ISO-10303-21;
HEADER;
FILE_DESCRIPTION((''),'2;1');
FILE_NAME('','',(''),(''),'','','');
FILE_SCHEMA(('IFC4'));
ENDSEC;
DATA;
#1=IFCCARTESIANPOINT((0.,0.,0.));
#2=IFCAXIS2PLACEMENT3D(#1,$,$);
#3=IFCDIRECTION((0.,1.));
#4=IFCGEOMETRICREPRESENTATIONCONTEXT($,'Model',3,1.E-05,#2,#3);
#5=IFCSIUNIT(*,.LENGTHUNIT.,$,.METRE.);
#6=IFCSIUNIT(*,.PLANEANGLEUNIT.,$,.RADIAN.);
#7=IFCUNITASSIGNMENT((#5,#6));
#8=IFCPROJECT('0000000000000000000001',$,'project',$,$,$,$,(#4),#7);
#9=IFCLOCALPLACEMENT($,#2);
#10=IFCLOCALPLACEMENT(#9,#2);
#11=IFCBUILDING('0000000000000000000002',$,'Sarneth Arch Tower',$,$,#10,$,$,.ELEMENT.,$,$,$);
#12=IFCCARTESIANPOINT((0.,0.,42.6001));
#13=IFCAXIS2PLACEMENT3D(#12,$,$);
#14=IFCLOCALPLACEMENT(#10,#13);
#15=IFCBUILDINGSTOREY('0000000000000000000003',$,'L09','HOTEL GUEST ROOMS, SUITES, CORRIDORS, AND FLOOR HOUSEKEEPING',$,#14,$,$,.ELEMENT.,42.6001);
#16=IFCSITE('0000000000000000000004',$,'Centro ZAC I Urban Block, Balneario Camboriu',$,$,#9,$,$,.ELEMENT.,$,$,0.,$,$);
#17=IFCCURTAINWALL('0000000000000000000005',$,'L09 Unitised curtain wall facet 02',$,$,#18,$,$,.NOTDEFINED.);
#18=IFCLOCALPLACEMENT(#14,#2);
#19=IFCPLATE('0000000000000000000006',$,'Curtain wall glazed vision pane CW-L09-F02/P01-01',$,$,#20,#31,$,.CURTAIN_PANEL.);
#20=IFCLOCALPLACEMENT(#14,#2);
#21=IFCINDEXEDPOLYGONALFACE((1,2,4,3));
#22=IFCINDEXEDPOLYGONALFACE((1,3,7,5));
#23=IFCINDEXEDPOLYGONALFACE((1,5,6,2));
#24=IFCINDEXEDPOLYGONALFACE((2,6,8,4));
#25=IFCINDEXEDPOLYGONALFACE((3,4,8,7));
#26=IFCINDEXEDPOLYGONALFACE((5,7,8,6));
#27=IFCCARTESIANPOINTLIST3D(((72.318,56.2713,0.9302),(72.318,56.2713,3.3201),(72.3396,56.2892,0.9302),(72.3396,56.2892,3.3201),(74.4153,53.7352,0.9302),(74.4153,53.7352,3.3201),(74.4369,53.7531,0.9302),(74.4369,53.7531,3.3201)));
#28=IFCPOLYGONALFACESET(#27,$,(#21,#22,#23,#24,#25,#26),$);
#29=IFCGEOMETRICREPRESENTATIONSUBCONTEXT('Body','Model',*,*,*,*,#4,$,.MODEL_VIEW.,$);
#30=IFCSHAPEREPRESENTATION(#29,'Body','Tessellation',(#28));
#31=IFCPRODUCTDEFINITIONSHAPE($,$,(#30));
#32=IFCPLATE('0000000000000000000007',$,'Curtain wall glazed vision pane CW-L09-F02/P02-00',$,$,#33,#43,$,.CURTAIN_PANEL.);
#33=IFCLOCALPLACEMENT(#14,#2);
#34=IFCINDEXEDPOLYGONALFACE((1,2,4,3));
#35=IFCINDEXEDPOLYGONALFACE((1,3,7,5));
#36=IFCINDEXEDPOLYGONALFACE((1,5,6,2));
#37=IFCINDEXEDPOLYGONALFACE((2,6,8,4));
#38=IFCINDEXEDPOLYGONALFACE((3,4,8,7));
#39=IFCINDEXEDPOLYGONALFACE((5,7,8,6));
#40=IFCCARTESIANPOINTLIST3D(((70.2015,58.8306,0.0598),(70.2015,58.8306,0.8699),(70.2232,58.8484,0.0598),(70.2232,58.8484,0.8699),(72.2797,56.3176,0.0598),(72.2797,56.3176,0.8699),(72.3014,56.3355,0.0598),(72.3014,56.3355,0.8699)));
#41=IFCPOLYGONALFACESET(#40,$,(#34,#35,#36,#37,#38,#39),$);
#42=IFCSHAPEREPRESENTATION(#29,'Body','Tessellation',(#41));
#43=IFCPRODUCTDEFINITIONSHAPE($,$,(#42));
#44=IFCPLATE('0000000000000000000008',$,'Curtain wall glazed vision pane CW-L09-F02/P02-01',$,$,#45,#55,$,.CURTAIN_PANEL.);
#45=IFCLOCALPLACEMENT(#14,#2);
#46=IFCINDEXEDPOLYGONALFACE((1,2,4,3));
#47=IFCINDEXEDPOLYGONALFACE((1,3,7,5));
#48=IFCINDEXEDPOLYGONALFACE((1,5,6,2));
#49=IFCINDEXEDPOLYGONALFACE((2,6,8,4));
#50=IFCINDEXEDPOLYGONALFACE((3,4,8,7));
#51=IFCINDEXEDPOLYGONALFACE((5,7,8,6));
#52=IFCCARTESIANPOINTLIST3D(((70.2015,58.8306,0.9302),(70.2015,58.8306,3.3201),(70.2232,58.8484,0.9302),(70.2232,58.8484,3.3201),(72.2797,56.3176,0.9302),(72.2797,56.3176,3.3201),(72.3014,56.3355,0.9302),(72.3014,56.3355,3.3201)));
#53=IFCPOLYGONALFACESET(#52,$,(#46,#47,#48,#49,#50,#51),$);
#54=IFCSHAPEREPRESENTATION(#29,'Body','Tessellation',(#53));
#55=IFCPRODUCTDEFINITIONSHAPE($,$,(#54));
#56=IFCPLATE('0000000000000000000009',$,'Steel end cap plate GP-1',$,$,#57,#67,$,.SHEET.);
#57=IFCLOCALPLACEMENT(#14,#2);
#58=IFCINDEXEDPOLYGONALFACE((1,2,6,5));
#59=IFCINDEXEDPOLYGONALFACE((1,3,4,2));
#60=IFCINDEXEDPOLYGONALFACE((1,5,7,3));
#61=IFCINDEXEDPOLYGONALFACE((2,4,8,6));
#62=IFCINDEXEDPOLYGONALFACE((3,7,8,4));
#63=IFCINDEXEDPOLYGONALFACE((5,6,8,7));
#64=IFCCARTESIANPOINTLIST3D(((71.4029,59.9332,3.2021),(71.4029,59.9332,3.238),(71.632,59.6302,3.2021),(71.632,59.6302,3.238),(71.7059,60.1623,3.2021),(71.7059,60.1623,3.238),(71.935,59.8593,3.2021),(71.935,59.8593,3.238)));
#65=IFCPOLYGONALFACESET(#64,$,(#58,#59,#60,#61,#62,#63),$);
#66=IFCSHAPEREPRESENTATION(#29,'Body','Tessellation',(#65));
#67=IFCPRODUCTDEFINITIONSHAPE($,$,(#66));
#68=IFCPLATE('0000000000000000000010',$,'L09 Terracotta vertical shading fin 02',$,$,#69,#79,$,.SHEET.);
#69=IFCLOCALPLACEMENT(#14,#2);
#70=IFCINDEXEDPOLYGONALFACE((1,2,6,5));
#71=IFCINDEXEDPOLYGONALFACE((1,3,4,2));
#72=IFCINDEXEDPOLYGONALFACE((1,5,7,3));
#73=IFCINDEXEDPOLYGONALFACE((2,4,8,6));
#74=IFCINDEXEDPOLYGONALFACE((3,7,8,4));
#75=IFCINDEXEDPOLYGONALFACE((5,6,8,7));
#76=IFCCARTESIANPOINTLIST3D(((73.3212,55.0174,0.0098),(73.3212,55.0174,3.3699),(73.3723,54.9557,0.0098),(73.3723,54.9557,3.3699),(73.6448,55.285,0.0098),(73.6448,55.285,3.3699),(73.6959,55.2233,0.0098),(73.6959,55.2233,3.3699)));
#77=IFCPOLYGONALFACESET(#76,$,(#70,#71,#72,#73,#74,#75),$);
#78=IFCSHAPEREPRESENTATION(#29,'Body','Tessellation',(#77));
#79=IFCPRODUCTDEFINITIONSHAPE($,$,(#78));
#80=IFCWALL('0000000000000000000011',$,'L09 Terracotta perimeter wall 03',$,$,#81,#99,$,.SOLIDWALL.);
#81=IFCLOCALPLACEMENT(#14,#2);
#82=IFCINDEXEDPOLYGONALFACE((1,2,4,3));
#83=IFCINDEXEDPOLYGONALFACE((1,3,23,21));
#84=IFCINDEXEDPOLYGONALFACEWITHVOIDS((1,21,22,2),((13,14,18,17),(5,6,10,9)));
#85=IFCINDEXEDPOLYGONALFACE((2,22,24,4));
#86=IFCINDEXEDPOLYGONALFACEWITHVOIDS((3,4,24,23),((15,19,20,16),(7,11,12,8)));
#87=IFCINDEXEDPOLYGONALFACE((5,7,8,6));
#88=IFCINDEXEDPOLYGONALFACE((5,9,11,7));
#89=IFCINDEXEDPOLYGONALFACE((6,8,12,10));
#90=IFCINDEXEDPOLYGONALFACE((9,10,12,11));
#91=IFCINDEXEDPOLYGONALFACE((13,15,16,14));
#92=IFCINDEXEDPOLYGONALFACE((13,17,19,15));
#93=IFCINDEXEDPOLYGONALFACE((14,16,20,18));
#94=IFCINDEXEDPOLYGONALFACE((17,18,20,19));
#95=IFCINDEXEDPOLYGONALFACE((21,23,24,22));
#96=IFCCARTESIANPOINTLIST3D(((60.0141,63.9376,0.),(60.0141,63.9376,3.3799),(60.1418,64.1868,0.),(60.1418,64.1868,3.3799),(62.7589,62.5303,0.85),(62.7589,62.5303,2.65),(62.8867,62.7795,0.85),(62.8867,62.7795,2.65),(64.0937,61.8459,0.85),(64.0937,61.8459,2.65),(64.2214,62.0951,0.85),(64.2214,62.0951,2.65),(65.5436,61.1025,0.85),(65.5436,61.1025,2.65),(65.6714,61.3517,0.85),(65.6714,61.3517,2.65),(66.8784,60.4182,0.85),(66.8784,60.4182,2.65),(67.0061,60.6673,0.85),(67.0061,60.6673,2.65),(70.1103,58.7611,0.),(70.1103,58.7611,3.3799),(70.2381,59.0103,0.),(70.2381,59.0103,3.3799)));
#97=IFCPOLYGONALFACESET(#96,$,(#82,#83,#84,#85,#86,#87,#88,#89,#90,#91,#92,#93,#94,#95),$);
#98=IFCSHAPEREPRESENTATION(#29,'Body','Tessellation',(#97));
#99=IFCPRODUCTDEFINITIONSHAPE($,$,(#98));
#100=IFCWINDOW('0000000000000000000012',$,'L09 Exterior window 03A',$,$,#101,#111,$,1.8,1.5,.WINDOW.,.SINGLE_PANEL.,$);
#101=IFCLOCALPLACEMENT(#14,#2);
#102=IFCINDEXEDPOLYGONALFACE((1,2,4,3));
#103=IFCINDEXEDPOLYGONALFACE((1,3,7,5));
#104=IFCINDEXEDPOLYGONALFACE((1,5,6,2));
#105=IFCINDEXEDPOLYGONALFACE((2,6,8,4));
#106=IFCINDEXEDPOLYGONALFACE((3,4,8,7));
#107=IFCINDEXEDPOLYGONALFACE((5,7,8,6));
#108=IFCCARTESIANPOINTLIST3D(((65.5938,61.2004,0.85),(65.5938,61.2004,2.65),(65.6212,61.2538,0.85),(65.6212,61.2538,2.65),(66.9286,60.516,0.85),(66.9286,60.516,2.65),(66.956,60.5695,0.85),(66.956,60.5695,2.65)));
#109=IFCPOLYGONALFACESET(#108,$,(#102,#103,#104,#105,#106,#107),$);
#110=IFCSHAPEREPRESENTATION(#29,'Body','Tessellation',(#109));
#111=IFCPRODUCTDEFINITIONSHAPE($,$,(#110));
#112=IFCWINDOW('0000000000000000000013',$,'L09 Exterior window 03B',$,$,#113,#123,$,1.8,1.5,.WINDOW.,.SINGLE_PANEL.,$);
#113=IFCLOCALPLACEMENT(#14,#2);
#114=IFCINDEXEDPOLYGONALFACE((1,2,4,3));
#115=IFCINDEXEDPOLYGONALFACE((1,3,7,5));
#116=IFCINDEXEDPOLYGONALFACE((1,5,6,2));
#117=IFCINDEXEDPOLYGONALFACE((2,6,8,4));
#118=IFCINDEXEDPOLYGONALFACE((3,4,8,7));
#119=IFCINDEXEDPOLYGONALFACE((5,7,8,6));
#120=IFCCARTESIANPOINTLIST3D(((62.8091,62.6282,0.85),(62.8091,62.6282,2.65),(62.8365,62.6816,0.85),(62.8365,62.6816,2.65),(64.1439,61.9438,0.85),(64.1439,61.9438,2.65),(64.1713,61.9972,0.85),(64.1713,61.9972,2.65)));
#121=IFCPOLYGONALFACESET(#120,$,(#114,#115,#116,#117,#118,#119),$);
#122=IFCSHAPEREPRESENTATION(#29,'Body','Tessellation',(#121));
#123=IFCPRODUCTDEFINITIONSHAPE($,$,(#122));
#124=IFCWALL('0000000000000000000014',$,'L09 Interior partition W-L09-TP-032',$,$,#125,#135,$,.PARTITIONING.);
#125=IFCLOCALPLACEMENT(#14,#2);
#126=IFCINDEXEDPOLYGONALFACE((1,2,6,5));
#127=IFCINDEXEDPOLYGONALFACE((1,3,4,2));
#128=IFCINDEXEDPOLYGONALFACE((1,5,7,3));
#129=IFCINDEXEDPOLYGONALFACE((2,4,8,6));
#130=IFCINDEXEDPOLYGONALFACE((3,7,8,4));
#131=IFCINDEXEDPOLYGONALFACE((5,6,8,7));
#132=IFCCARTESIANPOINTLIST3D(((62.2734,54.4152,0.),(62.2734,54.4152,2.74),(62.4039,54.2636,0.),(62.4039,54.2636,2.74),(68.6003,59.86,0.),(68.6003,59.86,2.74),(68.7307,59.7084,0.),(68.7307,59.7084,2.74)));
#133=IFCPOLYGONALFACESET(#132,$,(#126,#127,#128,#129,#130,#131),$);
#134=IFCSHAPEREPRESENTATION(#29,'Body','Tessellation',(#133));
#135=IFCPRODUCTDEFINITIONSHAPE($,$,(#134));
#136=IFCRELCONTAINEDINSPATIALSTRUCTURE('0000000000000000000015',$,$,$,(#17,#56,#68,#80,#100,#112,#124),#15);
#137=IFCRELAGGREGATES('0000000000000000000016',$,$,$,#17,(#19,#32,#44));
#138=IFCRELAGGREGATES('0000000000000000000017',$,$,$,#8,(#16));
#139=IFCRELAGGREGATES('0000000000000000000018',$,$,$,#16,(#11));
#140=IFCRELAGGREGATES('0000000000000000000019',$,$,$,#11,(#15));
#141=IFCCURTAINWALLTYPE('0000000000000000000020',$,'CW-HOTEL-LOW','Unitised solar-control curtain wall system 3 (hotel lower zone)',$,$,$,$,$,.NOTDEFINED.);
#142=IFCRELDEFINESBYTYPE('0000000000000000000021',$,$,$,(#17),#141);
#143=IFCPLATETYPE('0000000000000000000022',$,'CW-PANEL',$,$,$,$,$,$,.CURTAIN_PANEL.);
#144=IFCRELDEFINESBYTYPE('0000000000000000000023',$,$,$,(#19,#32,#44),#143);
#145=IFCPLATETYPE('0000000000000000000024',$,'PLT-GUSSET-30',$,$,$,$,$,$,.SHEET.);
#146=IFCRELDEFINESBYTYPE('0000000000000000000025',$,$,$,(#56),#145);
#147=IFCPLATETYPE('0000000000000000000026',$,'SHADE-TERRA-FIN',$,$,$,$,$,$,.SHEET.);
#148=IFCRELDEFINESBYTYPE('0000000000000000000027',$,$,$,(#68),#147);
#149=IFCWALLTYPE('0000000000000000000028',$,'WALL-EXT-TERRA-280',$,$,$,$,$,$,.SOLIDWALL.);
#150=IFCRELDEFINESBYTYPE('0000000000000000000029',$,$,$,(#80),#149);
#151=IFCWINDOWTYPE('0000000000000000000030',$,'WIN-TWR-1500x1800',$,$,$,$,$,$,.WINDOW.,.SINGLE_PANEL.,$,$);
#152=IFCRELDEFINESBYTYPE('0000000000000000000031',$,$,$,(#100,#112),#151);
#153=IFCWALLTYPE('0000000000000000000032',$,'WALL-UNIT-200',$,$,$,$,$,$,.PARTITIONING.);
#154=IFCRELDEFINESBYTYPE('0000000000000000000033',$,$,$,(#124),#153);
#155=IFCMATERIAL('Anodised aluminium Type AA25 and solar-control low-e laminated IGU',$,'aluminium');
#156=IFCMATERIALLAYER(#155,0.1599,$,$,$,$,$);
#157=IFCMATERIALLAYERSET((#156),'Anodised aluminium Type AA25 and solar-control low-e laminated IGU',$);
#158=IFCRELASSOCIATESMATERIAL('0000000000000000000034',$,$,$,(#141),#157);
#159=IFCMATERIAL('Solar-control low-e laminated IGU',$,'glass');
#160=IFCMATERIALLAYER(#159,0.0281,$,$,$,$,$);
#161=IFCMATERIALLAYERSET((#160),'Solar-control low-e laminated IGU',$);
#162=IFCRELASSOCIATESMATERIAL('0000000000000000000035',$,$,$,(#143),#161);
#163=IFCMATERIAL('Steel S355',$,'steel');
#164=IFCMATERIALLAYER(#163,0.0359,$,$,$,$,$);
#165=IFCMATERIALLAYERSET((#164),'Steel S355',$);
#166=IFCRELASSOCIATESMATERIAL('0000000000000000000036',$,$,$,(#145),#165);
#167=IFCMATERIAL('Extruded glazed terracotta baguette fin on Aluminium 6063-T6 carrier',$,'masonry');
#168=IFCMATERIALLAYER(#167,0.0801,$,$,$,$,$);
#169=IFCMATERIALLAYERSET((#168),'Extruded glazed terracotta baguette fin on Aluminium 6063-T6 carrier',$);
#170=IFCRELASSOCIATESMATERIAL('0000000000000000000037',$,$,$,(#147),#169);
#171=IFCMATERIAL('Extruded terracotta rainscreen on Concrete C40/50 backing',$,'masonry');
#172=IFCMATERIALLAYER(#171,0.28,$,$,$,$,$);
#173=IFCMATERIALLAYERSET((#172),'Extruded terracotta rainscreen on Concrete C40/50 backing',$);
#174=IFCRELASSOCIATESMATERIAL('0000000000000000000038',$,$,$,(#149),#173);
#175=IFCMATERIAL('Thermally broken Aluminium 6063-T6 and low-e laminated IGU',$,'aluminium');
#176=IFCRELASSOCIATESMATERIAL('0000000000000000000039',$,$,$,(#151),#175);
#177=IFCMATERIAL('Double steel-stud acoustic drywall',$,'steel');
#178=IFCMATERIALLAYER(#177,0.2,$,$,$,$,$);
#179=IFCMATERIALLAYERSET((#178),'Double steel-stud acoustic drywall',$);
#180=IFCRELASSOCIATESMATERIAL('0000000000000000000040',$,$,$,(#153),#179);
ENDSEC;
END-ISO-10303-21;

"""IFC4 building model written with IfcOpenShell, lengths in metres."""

from ifc_helpers import new_model, si_unit, direction, frame, frame_2d, origin, origin_2d, place, context, subcontext, project, spatial, rectangle, extrude, material, layer, layer_set, type_object, element, fill, aggregate, save


model = new_model("IFC4")

# Units and contexts
model_context = context("Model", 3, precision=1e-05, world=origin(), true_north=direction((0.0, 1.0)))
body_context = subcontext(model_context, "Body", "Model", "MODEL_VIEW")
ifc_project = project(units=[si_unit("LENGTHUNIT", "METRE"), si_unit("PLANEANGLEUNIT", "RADIAN")], contexts=[model_context])

# Site, building, storey
site_placement = place(None, origin())
site = spatial("IfcSite", under=ifc_project, at=site_placement, Name="Centro ZAC I Urban Block, Balneario Camboriu", CompositionType="ELEMENT", RefElevation=0.0)
building_placement = place(site_placement, origin())
building = spatial("IfcBuilding", under=site, at=building_placement, Name="Sarneth Arch Tower", CompositionType="ELEMENT")
storey_placement = place(building_placement, frame((0.0, 0.0, 42.6001)))
storey = spatial("IfcBuildingStorey", under=building, at=storey_placement, Name="L09", Description="HOTEL GUEST ROOMS, SUITES, CORRIDORS, AND FLOOR HOUSEKEEPING", CompositionType="ELEMENT", Elevation=42.6001)

# Curtain wall
ifc_material_1 = material(Name="Anodised aluminium Type AA25 and solar-control low-e laminated IGU", Category="aluminium")
ifc_layer_1 = layer(ifc_material_1, 0.1599)
ifc_layer_set_1 = layer_set([ifc_layer_1], Name="Anodised aluminium Type AA25 and solar-control low-e laminated IGU")
curtain_wall_type = type_object("IfcCurtainWallType", Name="CW-HOTEL-LOW", Description="Unitised solar-control curtain wall system 3 (hotel lower zone)", PredefinedType="NOTDEFINED", material=ifc_layer_set_1)
curtain_wall_placement = place(storey_placement, origin())
curtain_wall = element("IfcCurtainWall", 1, at=curtain_wall_placement, inside=storey, type_object=curtain_wall_type, Name="L09 Unitised curtain wall facet 02", PredefinedType="NOTDEFINED")

# Plates
ifc_material_2 = material(Name="Solar-control low-e laminated IGU", Category="glass")
ifc_layer_2 = layer(ifc_material_2, 0.0281)
ifc_layer_set_2 = layer_set([ifc_layer_2], Name="Solar-control low-e laminated IGU")
plate_type_1 = type_object("IfcPlateType", Name="CW-PANEL", PredefinedType="CURTAIN_PANEL", material=ifc_layer_set_2)
plate_1_placement = place(storey_placement, frame((73.3774, 55.0122, 0.9302), z_axis=(0.0, 0.0, 1.0), x_axis=(-0.637291, 0.770623, 0.0)))
plate_1 = element("IfcPlate", 2, at=plate_1_placement, type_object=plate_type_1, Name="Curtain wall glazed vision pane CW-L09-F02/P01-01", PredefinedType="CURTAIN_PANEL", context=body_context, shape_type="SweptSolid", body=[
    extrude(rectangle(XDim=3.291, YDim=0.0281, at=origin_2d()), origin(), (0.0, 0.0, 1.0), 2.3899),
])
plate_2_placement = place(storey_placement, frame((71.2515, 57.583, 0.0598), z_axis=(0.0, 0.0, 1.0), x_axis=(-0.637291, 0.770623, 0.0)))
plate_2 = element("IfcPlate", 3, at=plate_2_placement, type_object=plate_type_1, Name="Curtain wall glazed vision pane CW-L09-F02/P02-00", PredefinedType="CURTAIN_PANEL", context=body_context, shape_type="SweptSolid", body=[
    extrude(rectangle(XDim=3.261, YDim=0.0281, at=origin_2d()), origin(), (0.0, 0.0, 1.0), 0.8101),
])
plate_3_placement = place(storey_placement, frame((71.2515, 57.583, 0.9302), z_axis=(0.0, 0.0, 1.0), x_axis=(-0.637291, 0.770623, 0.0)))
plate_3 = element("IfcPlate", 4, at=plate_3_placement, type_object=plate_type_1, Name="Curtain wall glazed vision pane CW-L09-F02/P02-01", PredefinedType="CURTAIN_PANEL", context=body_context, shape_type="SweptSolid", body=[
    extrude(rectangle(XDim=3.261, YDim=0.0281, at=origin_2d()), origin(), (0.0, 0.0, 1.0), 2.3899),
])
aggregate(curtain_wall, [plate_1, plate_2, plate_3])

# Plates
ifc_material_3 = material(Name="Steel S355", Category="steel")
ifc_layer_3 = layer(ifc_material_3, 0.0359)
ifc_layer_set_3 = layer_set([ifc_layer_3], Name="Steel S355")
plate_type_2 = type_object("IfcPlateType", Name="PLT-GUSSET-30", PredefinedType="SHEET", material=ifc_layer_set_3)
plate_4_placement = place(storey_placement, frame((71.6689, 59.8962, 3.2021), z_axis=(0.0, 0.0, 1.0), x_axis=(0.797689, 0.603069, 0.0)))
element("IfcPlate", 5, at=plate_4_placement, inside=storey, type_object=plate_type_2, Name="Steel end cap plate GP-1", PredefinedType="SHEET", context=body_context, shape_type="SweptSolid", body=[
    extrude(rectangle(XDim=0.3799, YDim=0.3799, at=origin_2d()), origin(), (0.0, 0.0, 1.0), 0.0359),
])
ifc_material_4 = material(Name="Extruded glazed terracotta baguette fin on Aluminium 6063-T6 carrier", Category="masonry")
ifc_layer_4 = layer(ifc_material_4, 0.0801)
ifc_layer_set_4 = layer_set([ifc_layer_4], Name="Extruded glazed terracotta baguette fin on Aluminium 6063-T6 carrier")
plate_type_3 = type_object("IfcPlateType", Name="SHADE-TERRA-FIN", PredefinedType="SHEET", material=ifc_layer_set_4)
plate_5_placement = place(storey_placement, frame((73.5085, 55.1204, 0.0098), z_axis=(0.0, 0.0, 1.0), x_axis=(0.770624, 0.63729, 0.0)))
element("IfcPlate", 6, at=plate_5_placement, inside=storey, type_object=plate_type_3, Name="L09 Terracotta vertical shading fin 02", PredefinedType="SHEET", context=body_context, shape_type="SweptSolid", body=[
    extrude(rectangle(XDim=0.4199, YDim=0.0801, at=origin_2d()), origin(), (0.0, 0.0, 1.0), 3.3601),
])

# Wall, openings, windows
ifc_material_5 = material(Name="Extruded terracotta rainscreen on Concrete C40/50 backing", Category="masonry")
ifc_layer_5 = layer(ifc_material_5, 0.28)
ifc_layer_set_5 = layer_set([ifc_layer_5], Name="Extruded terracotta rainscreen on Concrete C40/50 backing")
wall_type_1 = type_object("IfcWallType", Name="WALL-EXT-TERRA-280", PredefinedType="SOLIDWALL", material=ifc_layer_set_5)
wall_1_placement = place(storey_placement, frame((70.1741, 58.8857, 0.0), z_axis=(0.0, 0.0, 1.0), x_axis=(-0.889854, 0.456245, 0.0)))
wall_1 = element("IfcWall", 7, at=wall_1_placement, inside=storey, type_object=wall_type_1, Name="L09 Terracotta perimeter wall 03", PredefinedType="SOLIDWALL", context=body_context, shape_type="SweptSolid", body=[
    extrude(rectangle(XDim=11.3459, YDim=0.28, at=frame_2d((5.6729, 0.0))), origin(), (0.0, 0.0, 1.0), 3.3799),
])
opening_1_placement = place(wall_1_placement, frame((3.6318, 0.0, 0.8501)))
opening_1 = element("IfcOpeningElement", 8, at=opening_1_placement, cuts=wall_1, PredefinedType="OPENING", context=body_context, shape_type="SweptSolid", body=[
    extrude(rectangle(XDim=1.5, YDim=1.8, at=frame_2d((0.75, 0.8999))), frame((0.0, 0.1499, 0.0), z_axis=(0.0, -1.0, 0.0), x_axis=(1.0, 0.0, 0.0)), (0.0, 0.0, 1.0), 0.3),
])
opening_2_placement = place(wall_1_placement, frame((6.7612, 0.0, 0.8501)))
opening_2 = element("IfcOpeningElement", 9, at=opening_2_placement, cuts=wall_1, PredefinedType="OPENING", context=body_context, shape_type="SweptSolid", body=[
    extrude(rectangle(XDim=1.5, YDim=1.8, at=frame_2d((0.75, 0.8999))), frame((0.0, 0.1499, 0.0), z_axis=(0.0, -1.0, 0.0), x_axis=(1.0, 0.0, 0.0)), (0.0, 0.0, 1.0), 0.3),
])
ifc_material_6 = material(Name="Thermally broken Aluminium 6063-T6 and low-e laminated IGU", Category="aluminium")
window_type = type_object("IfcWindowType", Name="WIN-TWR-1500x1800", PartitioningType="SINGLE_PANEL", PredefinedType="WINDOW", material=ifc_material_6)
window_1_placement = place(opening_1_placement, origin())
window_1 = element("IfcWindow", 10, at=window_1_placement, inside=storey, type_object=window_type, Name="L09 Exterior window 03A", OverallHeight=1.8, OverallWidth=1.5, PartitioningType="SINGLE_PANEL", PredefinedType="WINDOW", context=body_context, shape_type="SweptSolid", body=[
    extrude(rectangle(XDim=1.5, YDim=1.8, at=frame_2d((0.75, 0.8999))), frame((0.0, 0.03, 0.0), z_axis=(0.0, -1.0, 0.0), x_axis=(1.0, 0.0, 0.0)), (0.0, 0.0, 1.0), 0.0601),
])
fill(opening_1, window_1)
window_2_placement = place(opening_2_placement, origin())
window_2 = element("IfcWindow", 11, at=window_2_placement, inside=storey, type_object=window_type, Name="L09 Exterior window 03B", OverallHeight=1.8, OverallWidth=1.5, PartitioningType="SINGLE_PANEL", PredefinedType="WINDOW", context=body_context, shape_type="SweptSolid", body=[
    extrude(rectangle(XDim=1.5, YDim=1.8, at=frame_2d((0.75, 0.8999))), frame((0.0, 0.03, 0.0), z_axis=(0.0, -1.0, 0.0), x_axis=(1.0, 0.0, 0.0)), (0.0, 0.0, 1.0), 0.0601),
])
fill(opening_2, window_2)

# Wall
ifc_material_7 = material(Name="Double steel-stud acoustic drywall", Category="steel")
ifc_layer_6 = layer(ifc_material_7, 0.2)
ifc_layer_set_6 = layer_set([ifc_layer_6], Name="Double steel-stud acoustic drywall")
wall_type_2 = type_object("IfcWallType", Name="WALL-UNIT-200", PredefinedType="PARTITIONING", material=ifc_layer_set_6)
wall_2_placement = place(storey_placement, frame((68.6655, 59.7842, 0.0), z_axis=(0.0, 0.0, 1.0), x_axis=(-0.757967, -0.652293, 0.0)))
element("IfcWall", 12, at=wall_2_placement, inside=storey, type_object=wall_type_2, Name="L09 Interior partition W-L09-TP-032", PredefinedType="PARTITIONING", context=body_context, shape_type="SweptSolid", body=[
    extrude(rectangle(XDim=8.3472, YDim=0.2, at=frame_2d((4.1736, 0.0))), origin(), (0.0, 0.0, 1.0), 2.74),
])

save(model, "model.ifc")
